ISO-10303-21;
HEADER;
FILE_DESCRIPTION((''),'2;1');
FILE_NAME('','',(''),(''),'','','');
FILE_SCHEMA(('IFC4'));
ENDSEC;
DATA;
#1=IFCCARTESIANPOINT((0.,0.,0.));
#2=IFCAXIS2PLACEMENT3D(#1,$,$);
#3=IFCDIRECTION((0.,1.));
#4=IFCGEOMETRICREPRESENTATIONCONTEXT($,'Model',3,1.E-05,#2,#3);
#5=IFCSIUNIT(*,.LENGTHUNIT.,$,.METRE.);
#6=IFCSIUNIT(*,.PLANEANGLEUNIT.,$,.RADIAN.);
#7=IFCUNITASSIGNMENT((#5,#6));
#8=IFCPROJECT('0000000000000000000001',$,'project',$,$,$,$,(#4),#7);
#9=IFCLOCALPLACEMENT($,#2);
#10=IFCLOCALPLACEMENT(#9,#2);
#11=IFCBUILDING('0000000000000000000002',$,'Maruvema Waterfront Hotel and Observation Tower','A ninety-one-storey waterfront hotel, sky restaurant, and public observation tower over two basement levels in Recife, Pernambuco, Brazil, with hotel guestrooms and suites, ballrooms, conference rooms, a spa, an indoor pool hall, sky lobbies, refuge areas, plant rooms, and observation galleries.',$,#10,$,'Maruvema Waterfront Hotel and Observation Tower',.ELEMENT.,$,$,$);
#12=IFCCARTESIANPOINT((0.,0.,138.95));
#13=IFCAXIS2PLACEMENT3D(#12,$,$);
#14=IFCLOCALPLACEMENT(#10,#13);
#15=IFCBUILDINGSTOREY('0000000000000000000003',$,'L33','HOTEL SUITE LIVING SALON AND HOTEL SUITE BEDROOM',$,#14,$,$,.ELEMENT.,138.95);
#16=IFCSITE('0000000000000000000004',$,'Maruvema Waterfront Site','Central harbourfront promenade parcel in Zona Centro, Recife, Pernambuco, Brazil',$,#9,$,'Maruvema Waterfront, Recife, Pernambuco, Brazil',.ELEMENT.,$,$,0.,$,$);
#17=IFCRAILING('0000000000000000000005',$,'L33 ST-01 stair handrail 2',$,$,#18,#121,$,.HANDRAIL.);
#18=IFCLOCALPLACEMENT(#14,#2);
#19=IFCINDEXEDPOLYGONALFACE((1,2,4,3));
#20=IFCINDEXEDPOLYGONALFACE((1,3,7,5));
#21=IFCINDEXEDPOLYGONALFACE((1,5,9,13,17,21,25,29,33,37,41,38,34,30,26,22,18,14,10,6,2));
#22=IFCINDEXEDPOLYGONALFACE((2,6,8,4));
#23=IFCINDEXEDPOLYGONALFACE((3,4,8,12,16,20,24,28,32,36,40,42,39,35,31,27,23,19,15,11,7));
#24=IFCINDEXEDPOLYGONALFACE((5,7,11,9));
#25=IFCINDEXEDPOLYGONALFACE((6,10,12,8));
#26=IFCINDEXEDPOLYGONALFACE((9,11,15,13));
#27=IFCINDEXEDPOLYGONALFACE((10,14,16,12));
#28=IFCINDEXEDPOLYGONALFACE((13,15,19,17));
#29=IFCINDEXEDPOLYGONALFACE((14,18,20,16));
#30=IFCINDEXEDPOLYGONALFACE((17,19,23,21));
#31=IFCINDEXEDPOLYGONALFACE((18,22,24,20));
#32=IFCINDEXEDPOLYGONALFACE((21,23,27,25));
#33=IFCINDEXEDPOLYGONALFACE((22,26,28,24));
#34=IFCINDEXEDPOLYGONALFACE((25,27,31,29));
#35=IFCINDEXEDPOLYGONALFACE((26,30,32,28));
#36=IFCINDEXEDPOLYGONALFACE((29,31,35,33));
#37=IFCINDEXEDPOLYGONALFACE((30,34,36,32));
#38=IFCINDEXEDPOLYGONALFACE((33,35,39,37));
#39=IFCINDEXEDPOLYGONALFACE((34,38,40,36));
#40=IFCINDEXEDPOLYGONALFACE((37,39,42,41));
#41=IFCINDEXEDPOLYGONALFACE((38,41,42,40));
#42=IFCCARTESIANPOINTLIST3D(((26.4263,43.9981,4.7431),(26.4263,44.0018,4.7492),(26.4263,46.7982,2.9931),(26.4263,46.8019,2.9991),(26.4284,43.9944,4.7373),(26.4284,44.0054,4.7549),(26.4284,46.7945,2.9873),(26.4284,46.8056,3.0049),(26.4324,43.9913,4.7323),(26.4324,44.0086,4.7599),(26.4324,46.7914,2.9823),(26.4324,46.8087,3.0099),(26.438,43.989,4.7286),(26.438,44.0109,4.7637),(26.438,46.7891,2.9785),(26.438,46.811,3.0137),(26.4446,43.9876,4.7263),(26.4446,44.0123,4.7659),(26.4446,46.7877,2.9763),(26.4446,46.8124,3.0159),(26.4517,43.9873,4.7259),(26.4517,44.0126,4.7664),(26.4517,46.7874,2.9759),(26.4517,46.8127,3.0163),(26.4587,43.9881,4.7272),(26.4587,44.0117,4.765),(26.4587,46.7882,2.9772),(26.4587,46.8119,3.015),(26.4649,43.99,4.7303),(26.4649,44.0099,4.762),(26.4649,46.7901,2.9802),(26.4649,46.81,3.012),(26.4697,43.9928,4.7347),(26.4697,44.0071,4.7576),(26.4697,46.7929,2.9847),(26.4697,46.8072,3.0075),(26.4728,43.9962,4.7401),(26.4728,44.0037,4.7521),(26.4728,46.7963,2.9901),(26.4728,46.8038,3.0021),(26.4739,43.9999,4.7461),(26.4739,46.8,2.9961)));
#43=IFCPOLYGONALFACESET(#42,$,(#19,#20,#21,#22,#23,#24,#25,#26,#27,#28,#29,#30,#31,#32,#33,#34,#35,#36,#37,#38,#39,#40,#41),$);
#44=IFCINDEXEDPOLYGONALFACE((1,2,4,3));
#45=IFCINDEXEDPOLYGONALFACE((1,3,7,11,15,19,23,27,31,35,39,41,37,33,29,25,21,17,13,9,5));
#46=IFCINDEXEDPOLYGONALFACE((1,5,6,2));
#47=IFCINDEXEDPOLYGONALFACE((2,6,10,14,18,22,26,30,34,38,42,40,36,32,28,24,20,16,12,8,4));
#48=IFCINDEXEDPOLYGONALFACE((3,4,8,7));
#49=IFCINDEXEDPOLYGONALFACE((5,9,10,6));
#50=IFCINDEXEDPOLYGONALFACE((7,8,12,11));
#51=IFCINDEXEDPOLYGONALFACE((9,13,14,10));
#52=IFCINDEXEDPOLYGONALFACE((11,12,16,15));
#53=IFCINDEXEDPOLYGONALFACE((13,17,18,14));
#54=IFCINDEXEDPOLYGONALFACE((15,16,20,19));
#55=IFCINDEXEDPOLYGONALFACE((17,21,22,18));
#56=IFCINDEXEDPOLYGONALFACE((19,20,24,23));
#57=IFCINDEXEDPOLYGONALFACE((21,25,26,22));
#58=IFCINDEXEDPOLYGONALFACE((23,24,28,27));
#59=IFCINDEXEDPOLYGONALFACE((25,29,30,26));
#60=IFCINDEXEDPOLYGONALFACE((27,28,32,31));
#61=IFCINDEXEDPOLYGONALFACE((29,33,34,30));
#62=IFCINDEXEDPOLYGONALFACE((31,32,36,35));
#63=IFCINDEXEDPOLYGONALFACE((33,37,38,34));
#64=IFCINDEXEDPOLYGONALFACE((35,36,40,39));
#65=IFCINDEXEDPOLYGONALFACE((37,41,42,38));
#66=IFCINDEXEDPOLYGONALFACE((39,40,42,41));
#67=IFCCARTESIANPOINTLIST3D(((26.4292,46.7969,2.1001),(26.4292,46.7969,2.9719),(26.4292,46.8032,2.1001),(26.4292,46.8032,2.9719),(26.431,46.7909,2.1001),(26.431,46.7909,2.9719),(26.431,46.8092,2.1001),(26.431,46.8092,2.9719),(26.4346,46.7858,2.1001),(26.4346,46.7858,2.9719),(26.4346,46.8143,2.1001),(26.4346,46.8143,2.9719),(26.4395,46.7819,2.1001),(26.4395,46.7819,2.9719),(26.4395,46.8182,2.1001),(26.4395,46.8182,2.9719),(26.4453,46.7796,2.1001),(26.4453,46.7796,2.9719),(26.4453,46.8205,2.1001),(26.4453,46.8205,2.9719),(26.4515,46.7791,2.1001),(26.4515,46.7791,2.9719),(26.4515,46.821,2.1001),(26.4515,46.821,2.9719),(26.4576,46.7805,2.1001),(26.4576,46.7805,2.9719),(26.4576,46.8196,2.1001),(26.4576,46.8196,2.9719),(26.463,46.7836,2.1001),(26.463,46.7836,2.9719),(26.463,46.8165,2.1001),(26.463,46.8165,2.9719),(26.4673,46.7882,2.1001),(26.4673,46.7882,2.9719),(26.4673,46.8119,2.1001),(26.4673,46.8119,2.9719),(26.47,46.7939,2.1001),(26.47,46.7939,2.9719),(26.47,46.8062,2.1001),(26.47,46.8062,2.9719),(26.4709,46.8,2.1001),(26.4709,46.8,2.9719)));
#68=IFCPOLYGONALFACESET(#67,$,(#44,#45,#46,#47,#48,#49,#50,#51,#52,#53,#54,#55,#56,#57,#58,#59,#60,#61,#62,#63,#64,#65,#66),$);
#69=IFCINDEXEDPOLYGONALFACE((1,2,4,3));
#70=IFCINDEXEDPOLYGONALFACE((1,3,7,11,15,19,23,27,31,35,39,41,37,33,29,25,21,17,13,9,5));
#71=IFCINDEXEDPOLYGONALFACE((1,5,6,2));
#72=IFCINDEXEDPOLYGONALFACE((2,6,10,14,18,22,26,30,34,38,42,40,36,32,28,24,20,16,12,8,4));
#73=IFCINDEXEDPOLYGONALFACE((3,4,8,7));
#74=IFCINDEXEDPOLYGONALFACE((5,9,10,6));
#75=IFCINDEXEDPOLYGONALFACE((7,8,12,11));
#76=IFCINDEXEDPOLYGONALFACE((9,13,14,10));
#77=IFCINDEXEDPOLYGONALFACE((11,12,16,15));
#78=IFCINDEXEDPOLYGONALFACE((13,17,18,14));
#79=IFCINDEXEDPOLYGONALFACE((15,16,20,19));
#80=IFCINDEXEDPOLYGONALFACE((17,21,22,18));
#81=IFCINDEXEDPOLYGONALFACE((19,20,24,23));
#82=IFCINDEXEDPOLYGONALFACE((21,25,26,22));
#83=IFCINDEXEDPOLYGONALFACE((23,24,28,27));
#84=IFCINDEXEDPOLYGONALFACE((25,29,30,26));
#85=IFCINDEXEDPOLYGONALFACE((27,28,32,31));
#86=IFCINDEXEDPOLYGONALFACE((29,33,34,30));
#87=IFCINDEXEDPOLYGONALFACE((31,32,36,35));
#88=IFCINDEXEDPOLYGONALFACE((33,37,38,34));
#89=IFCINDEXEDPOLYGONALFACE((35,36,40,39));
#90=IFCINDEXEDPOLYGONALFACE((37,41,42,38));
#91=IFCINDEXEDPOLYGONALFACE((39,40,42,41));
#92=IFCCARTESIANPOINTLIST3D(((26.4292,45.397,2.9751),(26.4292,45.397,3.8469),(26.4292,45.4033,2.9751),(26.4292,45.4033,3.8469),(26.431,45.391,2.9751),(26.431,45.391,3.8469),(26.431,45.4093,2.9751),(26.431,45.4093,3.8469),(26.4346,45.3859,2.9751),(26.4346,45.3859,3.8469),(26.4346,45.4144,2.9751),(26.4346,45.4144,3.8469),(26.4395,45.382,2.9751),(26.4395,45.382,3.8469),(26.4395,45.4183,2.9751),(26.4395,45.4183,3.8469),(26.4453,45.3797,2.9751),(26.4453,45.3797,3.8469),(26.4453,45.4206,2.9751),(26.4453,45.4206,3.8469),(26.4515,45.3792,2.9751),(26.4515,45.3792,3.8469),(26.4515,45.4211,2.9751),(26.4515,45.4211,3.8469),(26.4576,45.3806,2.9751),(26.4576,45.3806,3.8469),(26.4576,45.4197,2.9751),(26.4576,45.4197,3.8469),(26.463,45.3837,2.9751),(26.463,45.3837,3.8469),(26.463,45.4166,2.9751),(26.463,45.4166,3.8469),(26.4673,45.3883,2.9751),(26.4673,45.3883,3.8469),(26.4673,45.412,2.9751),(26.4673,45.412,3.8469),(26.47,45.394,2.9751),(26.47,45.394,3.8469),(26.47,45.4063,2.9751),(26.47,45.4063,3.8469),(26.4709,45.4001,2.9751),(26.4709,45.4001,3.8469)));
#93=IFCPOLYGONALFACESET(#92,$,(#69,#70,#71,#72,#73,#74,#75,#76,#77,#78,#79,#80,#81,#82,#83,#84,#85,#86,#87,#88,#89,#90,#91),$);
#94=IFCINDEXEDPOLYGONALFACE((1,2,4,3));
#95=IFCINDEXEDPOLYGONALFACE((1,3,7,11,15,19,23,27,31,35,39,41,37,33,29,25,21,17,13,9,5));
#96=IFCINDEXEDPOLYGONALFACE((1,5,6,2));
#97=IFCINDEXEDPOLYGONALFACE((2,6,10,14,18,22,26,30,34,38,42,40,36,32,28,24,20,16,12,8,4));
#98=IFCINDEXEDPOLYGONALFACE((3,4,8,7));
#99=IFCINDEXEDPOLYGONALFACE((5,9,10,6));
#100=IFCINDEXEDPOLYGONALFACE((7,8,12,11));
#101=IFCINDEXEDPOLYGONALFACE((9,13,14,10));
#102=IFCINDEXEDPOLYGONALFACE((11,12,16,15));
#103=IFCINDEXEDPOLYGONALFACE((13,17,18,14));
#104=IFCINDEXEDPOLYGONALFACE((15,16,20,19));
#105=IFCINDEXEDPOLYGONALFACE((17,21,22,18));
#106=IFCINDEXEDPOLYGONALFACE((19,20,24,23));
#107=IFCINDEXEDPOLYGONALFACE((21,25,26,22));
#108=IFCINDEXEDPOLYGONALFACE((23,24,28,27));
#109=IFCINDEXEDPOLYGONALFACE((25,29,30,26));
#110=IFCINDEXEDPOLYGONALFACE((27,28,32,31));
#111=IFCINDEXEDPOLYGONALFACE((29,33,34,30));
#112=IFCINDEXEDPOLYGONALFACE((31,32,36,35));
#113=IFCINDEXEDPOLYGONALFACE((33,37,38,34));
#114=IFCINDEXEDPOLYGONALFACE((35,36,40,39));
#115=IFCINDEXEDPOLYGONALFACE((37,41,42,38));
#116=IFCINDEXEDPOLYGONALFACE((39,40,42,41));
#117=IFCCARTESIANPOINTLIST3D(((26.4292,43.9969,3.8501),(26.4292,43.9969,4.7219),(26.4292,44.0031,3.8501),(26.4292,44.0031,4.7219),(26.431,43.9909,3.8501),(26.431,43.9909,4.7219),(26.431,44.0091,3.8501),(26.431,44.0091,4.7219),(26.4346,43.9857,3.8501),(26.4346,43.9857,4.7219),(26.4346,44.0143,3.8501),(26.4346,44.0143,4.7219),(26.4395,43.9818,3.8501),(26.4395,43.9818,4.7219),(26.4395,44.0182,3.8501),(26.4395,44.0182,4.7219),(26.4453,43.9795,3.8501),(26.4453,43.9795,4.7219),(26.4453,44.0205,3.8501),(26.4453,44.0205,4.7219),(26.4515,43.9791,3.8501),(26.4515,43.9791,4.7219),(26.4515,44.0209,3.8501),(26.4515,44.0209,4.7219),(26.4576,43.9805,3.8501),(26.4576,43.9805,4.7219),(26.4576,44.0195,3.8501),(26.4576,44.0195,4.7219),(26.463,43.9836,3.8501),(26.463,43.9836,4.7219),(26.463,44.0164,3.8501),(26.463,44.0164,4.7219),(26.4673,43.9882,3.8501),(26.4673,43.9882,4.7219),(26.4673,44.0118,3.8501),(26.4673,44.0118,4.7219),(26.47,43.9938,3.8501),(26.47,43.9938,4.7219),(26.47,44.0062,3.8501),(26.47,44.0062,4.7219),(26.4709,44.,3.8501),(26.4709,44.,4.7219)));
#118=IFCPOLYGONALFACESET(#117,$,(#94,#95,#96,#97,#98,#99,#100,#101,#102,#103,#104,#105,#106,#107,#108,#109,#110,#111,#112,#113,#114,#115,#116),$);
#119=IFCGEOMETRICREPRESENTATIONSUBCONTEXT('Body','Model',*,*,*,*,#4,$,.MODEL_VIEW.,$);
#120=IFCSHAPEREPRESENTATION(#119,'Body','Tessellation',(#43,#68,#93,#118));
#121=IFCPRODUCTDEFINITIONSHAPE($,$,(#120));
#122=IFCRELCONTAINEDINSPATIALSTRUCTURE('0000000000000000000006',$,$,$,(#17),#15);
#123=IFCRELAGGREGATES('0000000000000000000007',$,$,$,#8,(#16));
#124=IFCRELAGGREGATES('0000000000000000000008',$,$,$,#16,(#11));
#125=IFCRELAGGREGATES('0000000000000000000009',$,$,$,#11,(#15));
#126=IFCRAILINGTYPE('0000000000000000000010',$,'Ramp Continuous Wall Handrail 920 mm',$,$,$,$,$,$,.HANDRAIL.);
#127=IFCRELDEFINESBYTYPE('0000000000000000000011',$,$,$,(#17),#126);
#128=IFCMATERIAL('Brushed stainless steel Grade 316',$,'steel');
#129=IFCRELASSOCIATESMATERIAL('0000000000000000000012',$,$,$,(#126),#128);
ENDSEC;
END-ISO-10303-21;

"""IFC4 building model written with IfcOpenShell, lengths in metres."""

from ifc_helpers import new_model, si_unit, direction, frame, origin, origin_2d, place, context, subcontext, project, spatial, circle, extrude, material, type_object, element, save


model = new_model("IFC4")

# Units and contexts
model_context = context("Model", 3, precision=1e-05, world=origin(), true_north=direction((0.0, 1.0)))
body_context = subcontext(model_context, "Body", "Model", "MODEL_VIEW")
ifc_project = project(units=[si_unit("LENGTHUNIT", "METRE"), si_unit("PLANEANGLEUNIT", "RADIAN")], contexts=[model_context])

# Site, building, storey
site_placement = place(None, origin())
site = spatial("IfcSite", under=ifc_project, at=site_placement, Name="Maruvema Waterfront Site", Description="Central harbourfront promenade parcel in Zona Centro, Recife, Pernambuco, Brazil", LongName="Maruvema Waterfront, Recife, Pernambuco, Brazil", CompositionType="ELEMENT", RefElevation=0.0)
building_placement = place(site_placement, origin())
building = spatial("IfcBuilding", under=site, at=building_placement, Name="Maruvema Waterfront Hotel and Observation Tower", Description="A ninety-one-storey waterfront hotel, sky restaurant, and public observation tower over two basement levels in Recife, Pernambuco, Brazil, with hotel guestrooms and suites, ballrooms, conference rooms, a spa, an indoor pool hall, sky lobbies, refuge areas, plant rooms, and observation galleries.", LongName="Maruvema Waterfront Hotel and Observation Tower", CompositionType="ELEMENT")
storey_placement = place(building_placement, frame((0.0, 0.0, 138.95)))
storey = spatial("IfcBuildingStorey", under=building, at=storey_placement, Name="L33", Description="HOTEL SUITE LIVING SALON AND HOTEL SUITE BEDROOM", CompositionType="ELEMENT", Elevation=138.95)

# Railing
ifc_material_1 = material(Name="Brushed stainless steel Grade 316", Category="steel")
railing_type_1 = type_object("IfcRailingType", Name="Ramp Continuous Wall Handrail 920 mm", PredefinedType="HANDRAIL", material=ifc_material_1)
railing_1_placement = place(storey_placement, frame((26.45, 46.8, 2.1001)))
element("IfcRailing", 1, at=railing_1_placement, inside=storey, type_object=railing_type_1, Name="L33 ST-01 stair handrail 2", PredefinedType="HANDRAIL", context=body_context, shape_type="SweptSolid", body=[
    extrude(circle(Radius=0.0239, at=origin_2d()), frame((0.0, 0.0, 0.896), z_axis=(0.0, -0.848002, 0.529992), x_axis=(1.0, 0.0, 0.0)), (0.0, 0.0, 1.0), 3.302),
    extrude(circle(Radius=0.021, at=origin_2d()), origin(), (0.0, 0.0, 1.0), 0.8718),
    extrude(circle(Radius=0.021, at=origin_2d()), frame((0.0, -1.3999, 0.875)), (0.0, 0.0, 1.0), 0.8718),
    extrude(circle(Radius=0.021, at=origin_2d()), frame((0.0, -2.8, 1.75)), (0.0, 0.0, 1.0), 0.8718),
])

save(model, "model.ifc")
